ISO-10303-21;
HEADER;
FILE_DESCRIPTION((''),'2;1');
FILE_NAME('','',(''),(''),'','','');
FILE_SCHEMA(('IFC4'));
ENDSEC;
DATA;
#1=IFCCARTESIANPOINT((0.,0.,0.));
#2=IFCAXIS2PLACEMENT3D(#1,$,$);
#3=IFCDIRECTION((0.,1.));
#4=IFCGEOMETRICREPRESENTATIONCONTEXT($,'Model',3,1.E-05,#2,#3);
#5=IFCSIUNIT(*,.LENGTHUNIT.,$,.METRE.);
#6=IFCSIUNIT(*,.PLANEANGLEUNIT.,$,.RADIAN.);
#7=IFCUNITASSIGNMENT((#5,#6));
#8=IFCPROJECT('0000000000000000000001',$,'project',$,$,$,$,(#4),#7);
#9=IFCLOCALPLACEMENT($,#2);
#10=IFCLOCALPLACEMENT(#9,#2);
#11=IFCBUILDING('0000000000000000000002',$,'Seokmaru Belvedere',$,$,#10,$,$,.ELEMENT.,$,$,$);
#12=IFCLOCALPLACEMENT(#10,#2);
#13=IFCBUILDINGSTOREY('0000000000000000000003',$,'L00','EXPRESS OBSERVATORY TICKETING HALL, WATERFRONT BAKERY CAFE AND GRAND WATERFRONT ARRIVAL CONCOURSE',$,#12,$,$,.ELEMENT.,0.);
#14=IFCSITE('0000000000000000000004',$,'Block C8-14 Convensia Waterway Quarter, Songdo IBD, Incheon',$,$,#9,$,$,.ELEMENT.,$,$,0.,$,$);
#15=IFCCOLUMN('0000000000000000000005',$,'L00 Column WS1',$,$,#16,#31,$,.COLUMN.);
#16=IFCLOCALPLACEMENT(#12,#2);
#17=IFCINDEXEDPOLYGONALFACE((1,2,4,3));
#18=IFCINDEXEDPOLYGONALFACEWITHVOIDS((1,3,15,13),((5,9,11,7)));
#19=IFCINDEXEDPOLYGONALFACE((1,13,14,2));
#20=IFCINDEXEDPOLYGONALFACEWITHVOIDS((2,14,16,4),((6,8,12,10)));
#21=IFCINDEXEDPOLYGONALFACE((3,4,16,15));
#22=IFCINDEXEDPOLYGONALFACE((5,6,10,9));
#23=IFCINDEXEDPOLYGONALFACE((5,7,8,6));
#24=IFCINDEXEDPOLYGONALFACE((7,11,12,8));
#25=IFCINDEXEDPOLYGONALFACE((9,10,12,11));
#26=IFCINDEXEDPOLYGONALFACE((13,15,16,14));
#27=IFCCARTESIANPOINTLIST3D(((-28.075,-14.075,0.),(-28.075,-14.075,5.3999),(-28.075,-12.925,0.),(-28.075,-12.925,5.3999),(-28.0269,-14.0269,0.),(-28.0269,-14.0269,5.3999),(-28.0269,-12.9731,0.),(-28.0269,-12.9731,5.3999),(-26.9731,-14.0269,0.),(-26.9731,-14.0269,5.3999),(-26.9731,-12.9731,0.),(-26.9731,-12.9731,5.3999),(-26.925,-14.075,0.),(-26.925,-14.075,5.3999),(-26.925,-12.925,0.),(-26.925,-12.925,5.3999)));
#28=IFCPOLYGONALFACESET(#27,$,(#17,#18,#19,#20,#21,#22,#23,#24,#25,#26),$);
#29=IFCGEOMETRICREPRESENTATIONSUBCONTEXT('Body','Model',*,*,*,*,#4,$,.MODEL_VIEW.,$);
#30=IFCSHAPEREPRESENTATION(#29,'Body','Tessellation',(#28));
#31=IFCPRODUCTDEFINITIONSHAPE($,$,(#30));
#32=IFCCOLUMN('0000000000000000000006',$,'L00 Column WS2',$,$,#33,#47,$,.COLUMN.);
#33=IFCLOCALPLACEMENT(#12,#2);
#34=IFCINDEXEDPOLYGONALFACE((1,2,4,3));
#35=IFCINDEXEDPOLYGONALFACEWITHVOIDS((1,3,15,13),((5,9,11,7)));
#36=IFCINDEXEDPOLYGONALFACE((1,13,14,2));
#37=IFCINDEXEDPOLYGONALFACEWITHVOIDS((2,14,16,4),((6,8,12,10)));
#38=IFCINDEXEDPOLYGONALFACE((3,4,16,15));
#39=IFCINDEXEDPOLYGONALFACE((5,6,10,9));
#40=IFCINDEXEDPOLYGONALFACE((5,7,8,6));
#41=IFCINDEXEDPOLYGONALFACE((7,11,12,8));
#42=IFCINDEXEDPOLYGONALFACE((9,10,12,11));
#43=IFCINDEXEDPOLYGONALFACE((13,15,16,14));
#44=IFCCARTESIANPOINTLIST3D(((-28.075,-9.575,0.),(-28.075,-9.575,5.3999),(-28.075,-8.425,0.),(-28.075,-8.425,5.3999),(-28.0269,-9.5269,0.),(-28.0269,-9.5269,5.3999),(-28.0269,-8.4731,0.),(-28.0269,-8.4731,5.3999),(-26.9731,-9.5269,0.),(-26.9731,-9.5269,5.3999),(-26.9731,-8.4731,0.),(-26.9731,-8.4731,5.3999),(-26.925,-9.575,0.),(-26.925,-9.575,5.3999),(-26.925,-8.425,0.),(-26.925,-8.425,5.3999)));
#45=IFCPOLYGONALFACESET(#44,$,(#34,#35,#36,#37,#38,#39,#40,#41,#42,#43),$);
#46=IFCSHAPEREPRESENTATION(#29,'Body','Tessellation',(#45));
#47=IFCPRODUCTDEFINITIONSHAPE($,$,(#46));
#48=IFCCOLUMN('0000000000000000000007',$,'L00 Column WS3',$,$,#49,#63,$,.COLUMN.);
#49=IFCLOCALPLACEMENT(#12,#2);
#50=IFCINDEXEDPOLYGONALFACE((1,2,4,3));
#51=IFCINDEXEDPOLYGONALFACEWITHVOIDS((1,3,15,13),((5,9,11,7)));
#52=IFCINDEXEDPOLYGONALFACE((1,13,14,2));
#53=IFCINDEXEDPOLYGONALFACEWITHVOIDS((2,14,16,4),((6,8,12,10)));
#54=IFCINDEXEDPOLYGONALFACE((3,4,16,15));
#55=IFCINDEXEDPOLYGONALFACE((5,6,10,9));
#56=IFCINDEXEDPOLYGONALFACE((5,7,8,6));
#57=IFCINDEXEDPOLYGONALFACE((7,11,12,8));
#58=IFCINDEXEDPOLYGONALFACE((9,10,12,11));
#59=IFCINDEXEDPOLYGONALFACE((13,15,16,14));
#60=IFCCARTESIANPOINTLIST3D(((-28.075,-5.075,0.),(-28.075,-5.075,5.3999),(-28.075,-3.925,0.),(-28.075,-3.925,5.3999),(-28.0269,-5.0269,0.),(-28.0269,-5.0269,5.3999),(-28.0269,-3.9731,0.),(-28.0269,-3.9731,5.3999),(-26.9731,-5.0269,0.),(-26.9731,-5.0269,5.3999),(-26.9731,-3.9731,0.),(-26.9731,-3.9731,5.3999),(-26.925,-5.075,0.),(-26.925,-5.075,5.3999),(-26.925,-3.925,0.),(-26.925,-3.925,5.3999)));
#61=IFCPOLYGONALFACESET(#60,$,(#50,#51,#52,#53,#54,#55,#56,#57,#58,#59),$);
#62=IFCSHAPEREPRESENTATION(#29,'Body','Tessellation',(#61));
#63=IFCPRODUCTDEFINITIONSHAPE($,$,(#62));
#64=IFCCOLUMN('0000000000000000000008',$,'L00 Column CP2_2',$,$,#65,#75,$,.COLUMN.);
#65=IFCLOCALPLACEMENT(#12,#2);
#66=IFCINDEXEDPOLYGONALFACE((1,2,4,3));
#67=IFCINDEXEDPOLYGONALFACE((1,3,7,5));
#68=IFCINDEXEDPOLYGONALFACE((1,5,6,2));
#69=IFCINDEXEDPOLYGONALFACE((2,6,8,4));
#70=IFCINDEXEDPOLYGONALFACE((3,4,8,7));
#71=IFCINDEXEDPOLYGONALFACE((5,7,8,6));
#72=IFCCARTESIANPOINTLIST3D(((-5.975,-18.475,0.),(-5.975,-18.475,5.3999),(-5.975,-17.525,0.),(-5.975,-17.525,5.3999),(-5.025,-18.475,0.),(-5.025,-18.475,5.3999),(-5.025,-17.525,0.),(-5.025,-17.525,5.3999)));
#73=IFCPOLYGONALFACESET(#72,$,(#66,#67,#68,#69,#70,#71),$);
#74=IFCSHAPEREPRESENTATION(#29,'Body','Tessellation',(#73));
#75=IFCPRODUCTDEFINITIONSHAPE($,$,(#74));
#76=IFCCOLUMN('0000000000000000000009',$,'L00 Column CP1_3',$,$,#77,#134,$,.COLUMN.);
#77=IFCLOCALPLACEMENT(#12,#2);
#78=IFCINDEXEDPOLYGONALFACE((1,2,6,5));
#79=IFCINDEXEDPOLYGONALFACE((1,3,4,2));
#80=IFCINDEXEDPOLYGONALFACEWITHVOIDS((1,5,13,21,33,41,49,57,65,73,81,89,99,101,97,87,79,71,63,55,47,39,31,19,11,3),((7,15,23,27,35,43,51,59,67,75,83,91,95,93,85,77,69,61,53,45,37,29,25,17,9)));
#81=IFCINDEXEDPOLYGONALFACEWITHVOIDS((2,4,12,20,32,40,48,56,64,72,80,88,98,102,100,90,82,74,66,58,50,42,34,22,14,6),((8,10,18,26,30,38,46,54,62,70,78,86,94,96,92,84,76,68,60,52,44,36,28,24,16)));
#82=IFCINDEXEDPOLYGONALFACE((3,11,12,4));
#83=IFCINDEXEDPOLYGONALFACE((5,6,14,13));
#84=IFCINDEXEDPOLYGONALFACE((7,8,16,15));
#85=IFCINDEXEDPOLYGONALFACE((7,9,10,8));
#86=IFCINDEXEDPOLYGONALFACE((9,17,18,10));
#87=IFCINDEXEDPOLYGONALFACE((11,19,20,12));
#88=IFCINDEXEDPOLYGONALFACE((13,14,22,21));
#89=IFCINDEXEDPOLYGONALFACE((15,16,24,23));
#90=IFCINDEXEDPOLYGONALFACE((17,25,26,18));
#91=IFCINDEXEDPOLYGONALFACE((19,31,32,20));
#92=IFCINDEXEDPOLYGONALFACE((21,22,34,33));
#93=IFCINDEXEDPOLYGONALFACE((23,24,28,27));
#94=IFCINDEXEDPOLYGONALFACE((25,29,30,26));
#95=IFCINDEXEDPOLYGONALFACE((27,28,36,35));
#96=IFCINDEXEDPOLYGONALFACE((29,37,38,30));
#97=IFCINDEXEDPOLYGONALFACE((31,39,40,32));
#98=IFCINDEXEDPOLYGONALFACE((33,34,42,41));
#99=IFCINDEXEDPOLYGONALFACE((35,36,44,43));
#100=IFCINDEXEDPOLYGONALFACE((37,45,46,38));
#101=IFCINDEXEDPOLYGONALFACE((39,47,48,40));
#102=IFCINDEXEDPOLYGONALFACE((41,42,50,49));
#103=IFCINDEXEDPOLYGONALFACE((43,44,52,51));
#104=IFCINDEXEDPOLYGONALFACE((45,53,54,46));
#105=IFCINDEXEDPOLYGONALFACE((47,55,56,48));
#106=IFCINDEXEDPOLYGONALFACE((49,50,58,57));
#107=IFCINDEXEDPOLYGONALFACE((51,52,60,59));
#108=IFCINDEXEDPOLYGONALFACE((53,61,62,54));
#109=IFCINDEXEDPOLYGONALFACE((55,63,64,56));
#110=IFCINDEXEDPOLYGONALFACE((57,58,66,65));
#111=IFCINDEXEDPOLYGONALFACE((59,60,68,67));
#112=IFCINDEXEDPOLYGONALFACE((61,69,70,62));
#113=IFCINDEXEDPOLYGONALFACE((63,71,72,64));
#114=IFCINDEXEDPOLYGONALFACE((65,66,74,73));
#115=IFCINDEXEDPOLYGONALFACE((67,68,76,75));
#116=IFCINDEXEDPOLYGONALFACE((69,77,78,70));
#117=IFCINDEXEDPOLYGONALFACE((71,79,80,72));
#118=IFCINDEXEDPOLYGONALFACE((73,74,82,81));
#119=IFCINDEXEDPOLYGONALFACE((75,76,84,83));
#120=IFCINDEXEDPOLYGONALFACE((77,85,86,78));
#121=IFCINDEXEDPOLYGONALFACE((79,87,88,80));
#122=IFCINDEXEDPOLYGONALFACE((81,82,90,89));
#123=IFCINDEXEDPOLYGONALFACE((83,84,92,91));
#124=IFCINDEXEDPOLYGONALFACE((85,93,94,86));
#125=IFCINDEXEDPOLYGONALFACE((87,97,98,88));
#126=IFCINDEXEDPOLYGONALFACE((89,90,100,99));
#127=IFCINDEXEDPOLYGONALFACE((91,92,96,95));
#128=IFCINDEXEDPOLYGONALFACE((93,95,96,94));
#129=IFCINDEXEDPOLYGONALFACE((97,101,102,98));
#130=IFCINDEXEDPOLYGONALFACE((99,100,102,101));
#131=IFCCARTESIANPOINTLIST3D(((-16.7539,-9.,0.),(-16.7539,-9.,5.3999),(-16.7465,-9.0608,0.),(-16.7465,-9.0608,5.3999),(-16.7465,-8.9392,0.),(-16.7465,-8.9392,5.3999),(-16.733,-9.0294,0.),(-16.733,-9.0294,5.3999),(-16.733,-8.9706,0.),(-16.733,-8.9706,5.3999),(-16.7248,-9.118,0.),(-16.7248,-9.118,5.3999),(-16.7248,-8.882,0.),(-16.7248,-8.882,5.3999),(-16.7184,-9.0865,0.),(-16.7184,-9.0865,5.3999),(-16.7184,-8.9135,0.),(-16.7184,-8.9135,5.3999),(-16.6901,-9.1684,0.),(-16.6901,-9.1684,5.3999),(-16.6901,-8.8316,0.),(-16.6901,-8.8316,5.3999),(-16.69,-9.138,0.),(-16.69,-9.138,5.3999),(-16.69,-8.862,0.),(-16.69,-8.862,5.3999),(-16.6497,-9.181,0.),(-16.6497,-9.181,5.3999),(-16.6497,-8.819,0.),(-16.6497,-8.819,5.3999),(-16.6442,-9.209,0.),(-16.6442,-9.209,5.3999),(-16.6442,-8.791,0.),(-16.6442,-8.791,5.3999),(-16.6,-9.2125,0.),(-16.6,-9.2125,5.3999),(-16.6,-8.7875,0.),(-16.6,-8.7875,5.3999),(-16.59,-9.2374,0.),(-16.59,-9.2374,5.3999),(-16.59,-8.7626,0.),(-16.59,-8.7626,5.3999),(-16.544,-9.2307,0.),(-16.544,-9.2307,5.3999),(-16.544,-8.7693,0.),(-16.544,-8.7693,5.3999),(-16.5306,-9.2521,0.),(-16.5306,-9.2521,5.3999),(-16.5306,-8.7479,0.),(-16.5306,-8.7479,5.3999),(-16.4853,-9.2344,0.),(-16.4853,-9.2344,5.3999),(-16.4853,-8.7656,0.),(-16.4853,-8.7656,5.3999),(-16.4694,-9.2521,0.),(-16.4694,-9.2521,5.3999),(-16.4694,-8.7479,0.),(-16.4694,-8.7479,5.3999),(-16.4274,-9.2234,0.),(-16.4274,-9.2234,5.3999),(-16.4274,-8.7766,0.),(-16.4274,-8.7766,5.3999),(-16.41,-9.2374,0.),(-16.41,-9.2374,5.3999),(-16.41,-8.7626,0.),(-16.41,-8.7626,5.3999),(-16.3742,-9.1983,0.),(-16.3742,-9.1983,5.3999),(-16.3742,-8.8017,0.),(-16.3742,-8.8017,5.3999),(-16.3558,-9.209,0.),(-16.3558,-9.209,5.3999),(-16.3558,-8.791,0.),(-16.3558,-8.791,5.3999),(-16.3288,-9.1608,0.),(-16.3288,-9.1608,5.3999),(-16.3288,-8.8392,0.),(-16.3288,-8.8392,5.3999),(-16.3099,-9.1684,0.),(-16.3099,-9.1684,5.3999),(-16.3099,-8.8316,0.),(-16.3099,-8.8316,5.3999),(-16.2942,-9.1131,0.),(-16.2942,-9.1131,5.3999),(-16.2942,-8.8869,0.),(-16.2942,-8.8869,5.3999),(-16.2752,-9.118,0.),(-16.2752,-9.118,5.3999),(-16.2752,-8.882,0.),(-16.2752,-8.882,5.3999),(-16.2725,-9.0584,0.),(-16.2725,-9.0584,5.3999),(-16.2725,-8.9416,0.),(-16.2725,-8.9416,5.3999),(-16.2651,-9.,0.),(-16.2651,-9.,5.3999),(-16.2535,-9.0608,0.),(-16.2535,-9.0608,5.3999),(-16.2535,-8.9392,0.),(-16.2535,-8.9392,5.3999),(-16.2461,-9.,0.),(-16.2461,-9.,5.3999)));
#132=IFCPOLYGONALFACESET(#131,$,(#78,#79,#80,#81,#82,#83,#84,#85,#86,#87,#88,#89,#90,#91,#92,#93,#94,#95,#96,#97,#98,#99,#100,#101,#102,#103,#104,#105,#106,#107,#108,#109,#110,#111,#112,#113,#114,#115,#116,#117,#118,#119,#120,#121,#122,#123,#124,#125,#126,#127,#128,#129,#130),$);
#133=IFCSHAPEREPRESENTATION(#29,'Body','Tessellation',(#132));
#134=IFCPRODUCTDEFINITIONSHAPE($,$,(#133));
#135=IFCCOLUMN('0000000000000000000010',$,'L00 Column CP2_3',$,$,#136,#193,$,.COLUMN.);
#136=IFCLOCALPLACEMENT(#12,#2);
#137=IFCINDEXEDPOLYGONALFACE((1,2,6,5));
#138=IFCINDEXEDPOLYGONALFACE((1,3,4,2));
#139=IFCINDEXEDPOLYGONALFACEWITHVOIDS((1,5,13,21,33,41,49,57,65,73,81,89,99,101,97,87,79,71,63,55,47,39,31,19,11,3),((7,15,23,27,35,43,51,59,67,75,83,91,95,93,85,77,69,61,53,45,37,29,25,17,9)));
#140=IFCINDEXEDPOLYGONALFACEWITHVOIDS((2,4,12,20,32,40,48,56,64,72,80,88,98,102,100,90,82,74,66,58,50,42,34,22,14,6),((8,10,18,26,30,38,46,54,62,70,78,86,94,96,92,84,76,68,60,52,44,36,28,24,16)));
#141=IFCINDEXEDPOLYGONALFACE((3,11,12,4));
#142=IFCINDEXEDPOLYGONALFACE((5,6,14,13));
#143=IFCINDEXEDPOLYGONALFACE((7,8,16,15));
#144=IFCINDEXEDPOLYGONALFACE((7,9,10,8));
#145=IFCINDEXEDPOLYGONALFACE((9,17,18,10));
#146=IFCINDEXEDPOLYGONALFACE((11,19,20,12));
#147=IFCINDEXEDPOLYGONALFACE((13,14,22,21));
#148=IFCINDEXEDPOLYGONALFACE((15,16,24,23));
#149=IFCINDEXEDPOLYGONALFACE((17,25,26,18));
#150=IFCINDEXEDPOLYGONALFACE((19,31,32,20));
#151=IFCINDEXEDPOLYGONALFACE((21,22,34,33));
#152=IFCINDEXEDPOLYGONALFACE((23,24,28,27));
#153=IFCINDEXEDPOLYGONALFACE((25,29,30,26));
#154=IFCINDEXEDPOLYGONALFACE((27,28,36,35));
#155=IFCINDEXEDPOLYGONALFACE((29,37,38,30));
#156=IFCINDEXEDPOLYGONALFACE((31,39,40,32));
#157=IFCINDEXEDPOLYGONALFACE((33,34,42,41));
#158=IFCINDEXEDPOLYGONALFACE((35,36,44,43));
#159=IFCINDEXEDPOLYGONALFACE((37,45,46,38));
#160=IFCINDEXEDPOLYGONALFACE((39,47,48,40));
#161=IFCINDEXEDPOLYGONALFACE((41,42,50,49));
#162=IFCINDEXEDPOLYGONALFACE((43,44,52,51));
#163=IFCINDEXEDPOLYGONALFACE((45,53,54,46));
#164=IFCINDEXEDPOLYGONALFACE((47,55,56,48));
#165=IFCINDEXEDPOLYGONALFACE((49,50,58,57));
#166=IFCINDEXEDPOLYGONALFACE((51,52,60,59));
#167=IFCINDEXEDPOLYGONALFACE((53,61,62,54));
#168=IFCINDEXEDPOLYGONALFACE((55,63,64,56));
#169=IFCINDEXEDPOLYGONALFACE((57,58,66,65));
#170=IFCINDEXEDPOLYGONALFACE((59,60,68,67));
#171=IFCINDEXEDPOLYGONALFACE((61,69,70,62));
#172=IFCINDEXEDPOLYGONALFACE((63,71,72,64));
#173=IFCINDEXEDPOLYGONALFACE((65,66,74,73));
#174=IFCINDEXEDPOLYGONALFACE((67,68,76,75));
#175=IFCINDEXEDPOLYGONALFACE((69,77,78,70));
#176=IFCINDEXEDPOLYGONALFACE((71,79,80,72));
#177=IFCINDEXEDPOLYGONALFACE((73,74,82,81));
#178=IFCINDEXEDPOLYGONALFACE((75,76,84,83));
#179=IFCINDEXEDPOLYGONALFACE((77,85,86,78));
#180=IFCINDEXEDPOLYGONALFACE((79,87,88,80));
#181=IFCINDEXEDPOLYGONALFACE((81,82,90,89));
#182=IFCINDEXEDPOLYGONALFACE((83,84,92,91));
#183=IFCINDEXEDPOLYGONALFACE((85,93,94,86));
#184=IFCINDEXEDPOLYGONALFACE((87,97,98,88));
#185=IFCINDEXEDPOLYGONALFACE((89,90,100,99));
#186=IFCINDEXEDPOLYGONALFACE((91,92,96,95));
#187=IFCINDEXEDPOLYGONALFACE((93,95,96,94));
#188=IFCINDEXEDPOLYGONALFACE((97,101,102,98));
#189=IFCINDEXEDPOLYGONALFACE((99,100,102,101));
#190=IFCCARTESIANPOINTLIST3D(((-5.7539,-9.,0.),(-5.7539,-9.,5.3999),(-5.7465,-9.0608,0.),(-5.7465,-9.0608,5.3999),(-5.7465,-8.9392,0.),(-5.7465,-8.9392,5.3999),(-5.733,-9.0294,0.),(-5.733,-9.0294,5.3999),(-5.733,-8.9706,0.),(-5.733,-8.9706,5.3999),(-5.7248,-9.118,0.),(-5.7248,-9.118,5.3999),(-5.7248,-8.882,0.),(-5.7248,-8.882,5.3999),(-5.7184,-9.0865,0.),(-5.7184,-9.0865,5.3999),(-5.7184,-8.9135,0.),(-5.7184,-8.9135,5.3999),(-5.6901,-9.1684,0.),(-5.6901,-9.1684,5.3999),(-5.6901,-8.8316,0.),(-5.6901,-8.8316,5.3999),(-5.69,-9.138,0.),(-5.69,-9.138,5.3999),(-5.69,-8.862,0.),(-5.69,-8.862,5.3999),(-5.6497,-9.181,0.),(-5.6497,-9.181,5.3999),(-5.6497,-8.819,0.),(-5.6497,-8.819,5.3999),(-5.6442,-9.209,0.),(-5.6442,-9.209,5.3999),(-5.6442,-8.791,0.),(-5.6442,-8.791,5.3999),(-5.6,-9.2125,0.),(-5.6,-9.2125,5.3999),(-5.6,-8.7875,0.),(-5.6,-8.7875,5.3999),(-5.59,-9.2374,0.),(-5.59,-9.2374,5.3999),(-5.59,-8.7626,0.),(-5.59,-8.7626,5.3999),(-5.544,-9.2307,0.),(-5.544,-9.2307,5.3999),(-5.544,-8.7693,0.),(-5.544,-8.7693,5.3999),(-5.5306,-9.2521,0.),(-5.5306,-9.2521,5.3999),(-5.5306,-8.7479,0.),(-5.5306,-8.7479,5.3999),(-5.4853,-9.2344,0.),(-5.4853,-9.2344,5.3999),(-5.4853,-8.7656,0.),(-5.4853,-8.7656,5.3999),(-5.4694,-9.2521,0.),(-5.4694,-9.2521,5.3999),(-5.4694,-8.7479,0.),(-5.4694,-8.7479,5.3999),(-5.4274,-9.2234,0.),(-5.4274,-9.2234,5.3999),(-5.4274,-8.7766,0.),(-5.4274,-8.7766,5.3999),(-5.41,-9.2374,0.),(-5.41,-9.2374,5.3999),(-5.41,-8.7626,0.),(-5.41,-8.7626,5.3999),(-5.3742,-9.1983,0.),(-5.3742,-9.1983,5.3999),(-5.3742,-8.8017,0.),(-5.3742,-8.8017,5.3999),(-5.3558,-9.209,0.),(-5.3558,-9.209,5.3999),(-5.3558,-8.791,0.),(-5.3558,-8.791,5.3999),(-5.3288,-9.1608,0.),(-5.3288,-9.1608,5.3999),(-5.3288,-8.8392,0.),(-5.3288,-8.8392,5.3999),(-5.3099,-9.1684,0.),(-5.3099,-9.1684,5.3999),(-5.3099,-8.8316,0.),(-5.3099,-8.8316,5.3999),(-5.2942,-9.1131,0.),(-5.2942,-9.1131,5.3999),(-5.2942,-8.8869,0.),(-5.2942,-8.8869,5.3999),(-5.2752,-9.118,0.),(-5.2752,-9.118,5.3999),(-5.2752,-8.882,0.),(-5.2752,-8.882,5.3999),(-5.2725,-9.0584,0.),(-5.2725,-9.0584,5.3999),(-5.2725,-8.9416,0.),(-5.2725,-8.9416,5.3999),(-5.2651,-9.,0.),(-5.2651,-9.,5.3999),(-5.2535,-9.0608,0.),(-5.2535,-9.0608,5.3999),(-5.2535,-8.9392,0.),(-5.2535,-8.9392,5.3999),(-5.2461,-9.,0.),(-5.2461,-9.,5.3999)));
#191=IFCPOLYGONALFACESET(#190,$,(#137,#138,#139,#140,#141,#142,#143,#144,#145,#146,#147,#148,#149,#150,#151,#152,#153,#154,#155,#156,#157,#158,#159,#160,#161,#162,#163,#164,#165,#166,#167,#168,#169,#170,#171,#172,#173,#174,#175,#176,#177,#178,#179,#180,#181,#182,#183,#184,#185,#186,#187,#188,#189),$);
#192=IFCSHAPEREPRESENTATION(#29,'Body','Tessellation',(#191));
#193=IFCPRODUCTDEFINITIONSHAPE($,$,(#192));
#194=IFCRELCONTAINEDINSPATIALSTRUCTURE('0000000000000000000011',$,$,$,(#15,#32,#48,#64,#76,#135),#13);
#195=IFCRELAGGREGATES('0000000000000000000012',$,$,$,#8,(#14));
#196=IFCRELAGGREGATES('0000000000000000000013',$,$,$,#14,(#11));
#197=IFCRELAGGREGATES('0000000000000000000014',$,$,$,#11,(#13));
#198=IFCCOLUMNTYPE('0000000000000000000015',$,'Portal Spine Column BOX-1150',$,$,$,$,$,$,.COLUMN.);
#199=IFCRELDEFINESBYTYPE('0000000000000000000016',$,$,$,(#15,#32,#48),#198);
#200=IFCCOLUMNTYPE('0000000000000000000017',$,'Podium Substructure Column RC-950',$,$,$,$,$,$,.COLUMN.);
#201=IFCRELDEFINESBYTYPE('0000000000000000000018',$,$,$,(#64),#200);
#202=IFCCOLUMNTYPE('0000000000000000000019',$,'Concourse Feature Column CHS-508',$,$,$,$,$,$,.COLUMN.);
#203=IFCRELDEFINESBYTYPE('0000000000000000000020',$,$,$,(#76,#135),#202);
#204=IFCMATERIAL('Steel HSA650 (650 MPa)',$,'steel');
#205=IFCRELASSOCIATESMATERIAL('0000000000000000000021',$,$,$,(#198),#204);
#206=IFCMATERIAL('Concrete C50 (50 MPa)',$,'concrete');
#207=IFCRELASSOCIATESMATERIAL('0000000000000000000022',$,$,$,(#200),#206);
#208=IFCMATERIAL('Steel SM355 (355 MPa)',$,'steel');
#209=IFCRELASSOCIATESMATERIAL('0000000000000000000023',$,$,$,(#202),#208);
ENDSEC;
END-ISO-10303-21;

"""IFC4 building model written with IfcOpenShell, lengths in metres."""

from ifc_helpers import new_model, si_unit, direction, frame, origin, origin_2d, place, context, subcontext, project, spatial, rectangle, hollow_rectangle, hollow_circle, extrude, source, transform, mapped, material, material_profile, profile_set, type_object, type_shapes, element, save


model = new_model("IFC4")

# Units and contexts
model_context = context("Model", 3, precision=1e-05, world=origin(), true_north=direction((0.0, 1.0)))
body_context = subcontext(model_context, "Body", "Model", "MODEL_VIEW")
ifc_project = project(units=[si_unit("LENGTHUNIT", "METRE"), si_unit("PLANEANGLEUNIT", "RADIAN")], contexts=[model_context])

# Site, building, storey
site_placement = place(None, origin())
site = spatial("IfcSite", under=ifc_project, at=site_placement, Name="Block C8-14 Convensia Waterway Quarter, Songdo IBD, Incheon", CompositionType="ELEMENT", RefElevation=0.0)
building_placement = place(site_placement, origin())
building = spatial("IfcBuilding", under=site, at=building_placement, Name="Seokmaru Belvedere", CompositionType="ELEMENT")
storey_placement = place(building_placement, origin())
storey = spatial("IfcBuildingStorey", under=building, at=storey_placement, Name="L00", Description="EXPRESS OBSERVATORY TICKETING HALL, WATERFRONT BAKERY CAFE AND GRAND WATERFRONT ARRIVAL CONCOURSE", CompositionType="ELEMENT", Elevation=0.0)

# Columns
ifc_material_1 = material(Name="Steel HSA650 (650 MPa)", Category="steel")
ifc_material_profile_1 = material_profile(ifc_material_1, hollow_rectangle(XDim=1.1499, YDim=1.1499, WallThickness=0.0481, at=origin_2d()), Name="BOX-1150x1150x48")
ifc_profile_set_1 = profile_set([ifc_material_profile_1], Name="Steel HSA650 (650 MPa)")
column_type_1 = type_object("IfcColumnType", Name="Portal Spine Column BOX-1150", PredefinedType="COLUMN", material=ifc_profile_set_1)
shared_shape_1 = source(origin(), body_context, "Body", "SweptSolid", [
    extrude(hollow_rectangle(XDim=1.1499, YDim=1.1499, WallThickness=0.0481, at=origin_2d()), origin(), (0.0, 0.0, 1.0), 5.3999),
])
type_shapes(column_type_1, [shared_shape_1])
for number, where, z_axis, x_axis, name in (
    (1, (-27.5, -13.5, 0.0), (0.0, 0.0, 1.0), (1.0, 0.0, 0.0), "L00 Column WS1"),
    (2, (-27.5, -9.0, 0.0), (0.0, 0.0, 1.0), (1.0, 0.0, 0.0), "L00 Column WS2"),
    (3, (-27.5, -4.5, 0.0), (0.0, 0.0, 1.0), (1.0, 0.0, 0.0), "L00 Column WS3"),
):
    element("IfcColumn", number, at=place(storey_placement, frame(where, z_axis=z_axis, x_axis=x_axis)), inside=storey, type_object=column_type_1, Name=name, PredefinedType="COLUMN", context=body_context, shape_type="MappedRepresentation", body=[
        mapped(shared_shape_1, transform((0.0, 0.0, 0.0), scale=1.0)),
    ])
ifc_material_2 = material(Name="Concrete C50 (50 MPa)", Category="concrete")
ifc_material_profile_2 = material_profile(ifc_material_2, rectangle(XDim=0.95, YDim=0.95, at=origin_2d()), Name="RC-950x950")
ifc_profile_set_2 = profile_set([ifc_material_profile_2], Name="Concrete C50 (50 MPa)")
column_type_2 = type_object("IfcColumnType", Name="Podium Substructure Column RC-950", PredefinedType="COLUMN", material=ifc_profile_set_2)
shared_shape_2 = source(origin(), body_context, "Body", "SweptSolid", [
    extrude(rectangle(XDim=0.95, YDim=0.95, at=origin_2d()), origin(), (0.0, 0.0, 1.0), 5.3999),
])
type_shapes(column_type_2, [shared_shape_2])
column_placement = place(storey_placement, frame((-5.5, -18.0, 0.0), z_axis=(0.0, 0.0, 1.0), x_axis=(1.0, 0.0, 0.0)))
element("IfcColumn", 4, at=column_placement, inside=storey, type_object=column_type_2, Name="L00 Column CP2_2", PredefinedType="COLUMN", context=body_context, shape_type="MappedRepresentation", body=[
    mapped(shared_shape_2, transform((0.0, 0.0, 0.0), scale=1.0)),
])
ifc_material_3 = material(Name="Steel SM355 (355 MPa)", Category="steel")
ifc_material_profile_3 = material_profile(ifc_material_3, hollow_circle(Radius=0.2539, WallThickness=0.019, at=origin_2d()), Name="CHS-508.0x19.0")
ifc_profile_set_3 = profile_set([ifc_material_profile_3], Name="Steel SM355 (355 MPa)")
column_type_3 = type_object("IfcColumnType", Name="Concourse Feature Column CHS-508", PredefinedType="COLUMN", material=ifc_profile_set_3)
shared_shape_3 = source(origin(), body_context, "Body", "SweptSolid", [
    extrude(hollow_circle(Radius=0.2539, WallThickness=0.019, at=origin_2d()), origin(), (0.0, 0.0, 1.0), 5.3999),
])
type_shapes(column_type_3, [shared_shape_3])
for number, where, z_axis, x_axis, name in (
    (5, (-16.5, -9.0, 0.0), (0.0, 0.0, 1.0), (1.0, 0.0, 0.0), "L00 Column CP1_3"),
    (6, (-5.5, -9.0, 0.0), (0.0, 0.0, 1.0), (1.0, 0.0, 0.0), "L00 Column CP2_3"),
):
    element("IfcColumn", number, at=place(storey_placement, frame(where, z_axis=z_axis, x_axis=x_axis)), inside=storey, type_object=column_type_3, Name=name, PredefinedType="COLUMN", context=body_context, shape_type="MappedRepresentation", body=[
        mapped(shared_shape_3, transform((0.0, 0.0, 0.0), scale=1.0)),
    ])

save(model, "model.ifc")
